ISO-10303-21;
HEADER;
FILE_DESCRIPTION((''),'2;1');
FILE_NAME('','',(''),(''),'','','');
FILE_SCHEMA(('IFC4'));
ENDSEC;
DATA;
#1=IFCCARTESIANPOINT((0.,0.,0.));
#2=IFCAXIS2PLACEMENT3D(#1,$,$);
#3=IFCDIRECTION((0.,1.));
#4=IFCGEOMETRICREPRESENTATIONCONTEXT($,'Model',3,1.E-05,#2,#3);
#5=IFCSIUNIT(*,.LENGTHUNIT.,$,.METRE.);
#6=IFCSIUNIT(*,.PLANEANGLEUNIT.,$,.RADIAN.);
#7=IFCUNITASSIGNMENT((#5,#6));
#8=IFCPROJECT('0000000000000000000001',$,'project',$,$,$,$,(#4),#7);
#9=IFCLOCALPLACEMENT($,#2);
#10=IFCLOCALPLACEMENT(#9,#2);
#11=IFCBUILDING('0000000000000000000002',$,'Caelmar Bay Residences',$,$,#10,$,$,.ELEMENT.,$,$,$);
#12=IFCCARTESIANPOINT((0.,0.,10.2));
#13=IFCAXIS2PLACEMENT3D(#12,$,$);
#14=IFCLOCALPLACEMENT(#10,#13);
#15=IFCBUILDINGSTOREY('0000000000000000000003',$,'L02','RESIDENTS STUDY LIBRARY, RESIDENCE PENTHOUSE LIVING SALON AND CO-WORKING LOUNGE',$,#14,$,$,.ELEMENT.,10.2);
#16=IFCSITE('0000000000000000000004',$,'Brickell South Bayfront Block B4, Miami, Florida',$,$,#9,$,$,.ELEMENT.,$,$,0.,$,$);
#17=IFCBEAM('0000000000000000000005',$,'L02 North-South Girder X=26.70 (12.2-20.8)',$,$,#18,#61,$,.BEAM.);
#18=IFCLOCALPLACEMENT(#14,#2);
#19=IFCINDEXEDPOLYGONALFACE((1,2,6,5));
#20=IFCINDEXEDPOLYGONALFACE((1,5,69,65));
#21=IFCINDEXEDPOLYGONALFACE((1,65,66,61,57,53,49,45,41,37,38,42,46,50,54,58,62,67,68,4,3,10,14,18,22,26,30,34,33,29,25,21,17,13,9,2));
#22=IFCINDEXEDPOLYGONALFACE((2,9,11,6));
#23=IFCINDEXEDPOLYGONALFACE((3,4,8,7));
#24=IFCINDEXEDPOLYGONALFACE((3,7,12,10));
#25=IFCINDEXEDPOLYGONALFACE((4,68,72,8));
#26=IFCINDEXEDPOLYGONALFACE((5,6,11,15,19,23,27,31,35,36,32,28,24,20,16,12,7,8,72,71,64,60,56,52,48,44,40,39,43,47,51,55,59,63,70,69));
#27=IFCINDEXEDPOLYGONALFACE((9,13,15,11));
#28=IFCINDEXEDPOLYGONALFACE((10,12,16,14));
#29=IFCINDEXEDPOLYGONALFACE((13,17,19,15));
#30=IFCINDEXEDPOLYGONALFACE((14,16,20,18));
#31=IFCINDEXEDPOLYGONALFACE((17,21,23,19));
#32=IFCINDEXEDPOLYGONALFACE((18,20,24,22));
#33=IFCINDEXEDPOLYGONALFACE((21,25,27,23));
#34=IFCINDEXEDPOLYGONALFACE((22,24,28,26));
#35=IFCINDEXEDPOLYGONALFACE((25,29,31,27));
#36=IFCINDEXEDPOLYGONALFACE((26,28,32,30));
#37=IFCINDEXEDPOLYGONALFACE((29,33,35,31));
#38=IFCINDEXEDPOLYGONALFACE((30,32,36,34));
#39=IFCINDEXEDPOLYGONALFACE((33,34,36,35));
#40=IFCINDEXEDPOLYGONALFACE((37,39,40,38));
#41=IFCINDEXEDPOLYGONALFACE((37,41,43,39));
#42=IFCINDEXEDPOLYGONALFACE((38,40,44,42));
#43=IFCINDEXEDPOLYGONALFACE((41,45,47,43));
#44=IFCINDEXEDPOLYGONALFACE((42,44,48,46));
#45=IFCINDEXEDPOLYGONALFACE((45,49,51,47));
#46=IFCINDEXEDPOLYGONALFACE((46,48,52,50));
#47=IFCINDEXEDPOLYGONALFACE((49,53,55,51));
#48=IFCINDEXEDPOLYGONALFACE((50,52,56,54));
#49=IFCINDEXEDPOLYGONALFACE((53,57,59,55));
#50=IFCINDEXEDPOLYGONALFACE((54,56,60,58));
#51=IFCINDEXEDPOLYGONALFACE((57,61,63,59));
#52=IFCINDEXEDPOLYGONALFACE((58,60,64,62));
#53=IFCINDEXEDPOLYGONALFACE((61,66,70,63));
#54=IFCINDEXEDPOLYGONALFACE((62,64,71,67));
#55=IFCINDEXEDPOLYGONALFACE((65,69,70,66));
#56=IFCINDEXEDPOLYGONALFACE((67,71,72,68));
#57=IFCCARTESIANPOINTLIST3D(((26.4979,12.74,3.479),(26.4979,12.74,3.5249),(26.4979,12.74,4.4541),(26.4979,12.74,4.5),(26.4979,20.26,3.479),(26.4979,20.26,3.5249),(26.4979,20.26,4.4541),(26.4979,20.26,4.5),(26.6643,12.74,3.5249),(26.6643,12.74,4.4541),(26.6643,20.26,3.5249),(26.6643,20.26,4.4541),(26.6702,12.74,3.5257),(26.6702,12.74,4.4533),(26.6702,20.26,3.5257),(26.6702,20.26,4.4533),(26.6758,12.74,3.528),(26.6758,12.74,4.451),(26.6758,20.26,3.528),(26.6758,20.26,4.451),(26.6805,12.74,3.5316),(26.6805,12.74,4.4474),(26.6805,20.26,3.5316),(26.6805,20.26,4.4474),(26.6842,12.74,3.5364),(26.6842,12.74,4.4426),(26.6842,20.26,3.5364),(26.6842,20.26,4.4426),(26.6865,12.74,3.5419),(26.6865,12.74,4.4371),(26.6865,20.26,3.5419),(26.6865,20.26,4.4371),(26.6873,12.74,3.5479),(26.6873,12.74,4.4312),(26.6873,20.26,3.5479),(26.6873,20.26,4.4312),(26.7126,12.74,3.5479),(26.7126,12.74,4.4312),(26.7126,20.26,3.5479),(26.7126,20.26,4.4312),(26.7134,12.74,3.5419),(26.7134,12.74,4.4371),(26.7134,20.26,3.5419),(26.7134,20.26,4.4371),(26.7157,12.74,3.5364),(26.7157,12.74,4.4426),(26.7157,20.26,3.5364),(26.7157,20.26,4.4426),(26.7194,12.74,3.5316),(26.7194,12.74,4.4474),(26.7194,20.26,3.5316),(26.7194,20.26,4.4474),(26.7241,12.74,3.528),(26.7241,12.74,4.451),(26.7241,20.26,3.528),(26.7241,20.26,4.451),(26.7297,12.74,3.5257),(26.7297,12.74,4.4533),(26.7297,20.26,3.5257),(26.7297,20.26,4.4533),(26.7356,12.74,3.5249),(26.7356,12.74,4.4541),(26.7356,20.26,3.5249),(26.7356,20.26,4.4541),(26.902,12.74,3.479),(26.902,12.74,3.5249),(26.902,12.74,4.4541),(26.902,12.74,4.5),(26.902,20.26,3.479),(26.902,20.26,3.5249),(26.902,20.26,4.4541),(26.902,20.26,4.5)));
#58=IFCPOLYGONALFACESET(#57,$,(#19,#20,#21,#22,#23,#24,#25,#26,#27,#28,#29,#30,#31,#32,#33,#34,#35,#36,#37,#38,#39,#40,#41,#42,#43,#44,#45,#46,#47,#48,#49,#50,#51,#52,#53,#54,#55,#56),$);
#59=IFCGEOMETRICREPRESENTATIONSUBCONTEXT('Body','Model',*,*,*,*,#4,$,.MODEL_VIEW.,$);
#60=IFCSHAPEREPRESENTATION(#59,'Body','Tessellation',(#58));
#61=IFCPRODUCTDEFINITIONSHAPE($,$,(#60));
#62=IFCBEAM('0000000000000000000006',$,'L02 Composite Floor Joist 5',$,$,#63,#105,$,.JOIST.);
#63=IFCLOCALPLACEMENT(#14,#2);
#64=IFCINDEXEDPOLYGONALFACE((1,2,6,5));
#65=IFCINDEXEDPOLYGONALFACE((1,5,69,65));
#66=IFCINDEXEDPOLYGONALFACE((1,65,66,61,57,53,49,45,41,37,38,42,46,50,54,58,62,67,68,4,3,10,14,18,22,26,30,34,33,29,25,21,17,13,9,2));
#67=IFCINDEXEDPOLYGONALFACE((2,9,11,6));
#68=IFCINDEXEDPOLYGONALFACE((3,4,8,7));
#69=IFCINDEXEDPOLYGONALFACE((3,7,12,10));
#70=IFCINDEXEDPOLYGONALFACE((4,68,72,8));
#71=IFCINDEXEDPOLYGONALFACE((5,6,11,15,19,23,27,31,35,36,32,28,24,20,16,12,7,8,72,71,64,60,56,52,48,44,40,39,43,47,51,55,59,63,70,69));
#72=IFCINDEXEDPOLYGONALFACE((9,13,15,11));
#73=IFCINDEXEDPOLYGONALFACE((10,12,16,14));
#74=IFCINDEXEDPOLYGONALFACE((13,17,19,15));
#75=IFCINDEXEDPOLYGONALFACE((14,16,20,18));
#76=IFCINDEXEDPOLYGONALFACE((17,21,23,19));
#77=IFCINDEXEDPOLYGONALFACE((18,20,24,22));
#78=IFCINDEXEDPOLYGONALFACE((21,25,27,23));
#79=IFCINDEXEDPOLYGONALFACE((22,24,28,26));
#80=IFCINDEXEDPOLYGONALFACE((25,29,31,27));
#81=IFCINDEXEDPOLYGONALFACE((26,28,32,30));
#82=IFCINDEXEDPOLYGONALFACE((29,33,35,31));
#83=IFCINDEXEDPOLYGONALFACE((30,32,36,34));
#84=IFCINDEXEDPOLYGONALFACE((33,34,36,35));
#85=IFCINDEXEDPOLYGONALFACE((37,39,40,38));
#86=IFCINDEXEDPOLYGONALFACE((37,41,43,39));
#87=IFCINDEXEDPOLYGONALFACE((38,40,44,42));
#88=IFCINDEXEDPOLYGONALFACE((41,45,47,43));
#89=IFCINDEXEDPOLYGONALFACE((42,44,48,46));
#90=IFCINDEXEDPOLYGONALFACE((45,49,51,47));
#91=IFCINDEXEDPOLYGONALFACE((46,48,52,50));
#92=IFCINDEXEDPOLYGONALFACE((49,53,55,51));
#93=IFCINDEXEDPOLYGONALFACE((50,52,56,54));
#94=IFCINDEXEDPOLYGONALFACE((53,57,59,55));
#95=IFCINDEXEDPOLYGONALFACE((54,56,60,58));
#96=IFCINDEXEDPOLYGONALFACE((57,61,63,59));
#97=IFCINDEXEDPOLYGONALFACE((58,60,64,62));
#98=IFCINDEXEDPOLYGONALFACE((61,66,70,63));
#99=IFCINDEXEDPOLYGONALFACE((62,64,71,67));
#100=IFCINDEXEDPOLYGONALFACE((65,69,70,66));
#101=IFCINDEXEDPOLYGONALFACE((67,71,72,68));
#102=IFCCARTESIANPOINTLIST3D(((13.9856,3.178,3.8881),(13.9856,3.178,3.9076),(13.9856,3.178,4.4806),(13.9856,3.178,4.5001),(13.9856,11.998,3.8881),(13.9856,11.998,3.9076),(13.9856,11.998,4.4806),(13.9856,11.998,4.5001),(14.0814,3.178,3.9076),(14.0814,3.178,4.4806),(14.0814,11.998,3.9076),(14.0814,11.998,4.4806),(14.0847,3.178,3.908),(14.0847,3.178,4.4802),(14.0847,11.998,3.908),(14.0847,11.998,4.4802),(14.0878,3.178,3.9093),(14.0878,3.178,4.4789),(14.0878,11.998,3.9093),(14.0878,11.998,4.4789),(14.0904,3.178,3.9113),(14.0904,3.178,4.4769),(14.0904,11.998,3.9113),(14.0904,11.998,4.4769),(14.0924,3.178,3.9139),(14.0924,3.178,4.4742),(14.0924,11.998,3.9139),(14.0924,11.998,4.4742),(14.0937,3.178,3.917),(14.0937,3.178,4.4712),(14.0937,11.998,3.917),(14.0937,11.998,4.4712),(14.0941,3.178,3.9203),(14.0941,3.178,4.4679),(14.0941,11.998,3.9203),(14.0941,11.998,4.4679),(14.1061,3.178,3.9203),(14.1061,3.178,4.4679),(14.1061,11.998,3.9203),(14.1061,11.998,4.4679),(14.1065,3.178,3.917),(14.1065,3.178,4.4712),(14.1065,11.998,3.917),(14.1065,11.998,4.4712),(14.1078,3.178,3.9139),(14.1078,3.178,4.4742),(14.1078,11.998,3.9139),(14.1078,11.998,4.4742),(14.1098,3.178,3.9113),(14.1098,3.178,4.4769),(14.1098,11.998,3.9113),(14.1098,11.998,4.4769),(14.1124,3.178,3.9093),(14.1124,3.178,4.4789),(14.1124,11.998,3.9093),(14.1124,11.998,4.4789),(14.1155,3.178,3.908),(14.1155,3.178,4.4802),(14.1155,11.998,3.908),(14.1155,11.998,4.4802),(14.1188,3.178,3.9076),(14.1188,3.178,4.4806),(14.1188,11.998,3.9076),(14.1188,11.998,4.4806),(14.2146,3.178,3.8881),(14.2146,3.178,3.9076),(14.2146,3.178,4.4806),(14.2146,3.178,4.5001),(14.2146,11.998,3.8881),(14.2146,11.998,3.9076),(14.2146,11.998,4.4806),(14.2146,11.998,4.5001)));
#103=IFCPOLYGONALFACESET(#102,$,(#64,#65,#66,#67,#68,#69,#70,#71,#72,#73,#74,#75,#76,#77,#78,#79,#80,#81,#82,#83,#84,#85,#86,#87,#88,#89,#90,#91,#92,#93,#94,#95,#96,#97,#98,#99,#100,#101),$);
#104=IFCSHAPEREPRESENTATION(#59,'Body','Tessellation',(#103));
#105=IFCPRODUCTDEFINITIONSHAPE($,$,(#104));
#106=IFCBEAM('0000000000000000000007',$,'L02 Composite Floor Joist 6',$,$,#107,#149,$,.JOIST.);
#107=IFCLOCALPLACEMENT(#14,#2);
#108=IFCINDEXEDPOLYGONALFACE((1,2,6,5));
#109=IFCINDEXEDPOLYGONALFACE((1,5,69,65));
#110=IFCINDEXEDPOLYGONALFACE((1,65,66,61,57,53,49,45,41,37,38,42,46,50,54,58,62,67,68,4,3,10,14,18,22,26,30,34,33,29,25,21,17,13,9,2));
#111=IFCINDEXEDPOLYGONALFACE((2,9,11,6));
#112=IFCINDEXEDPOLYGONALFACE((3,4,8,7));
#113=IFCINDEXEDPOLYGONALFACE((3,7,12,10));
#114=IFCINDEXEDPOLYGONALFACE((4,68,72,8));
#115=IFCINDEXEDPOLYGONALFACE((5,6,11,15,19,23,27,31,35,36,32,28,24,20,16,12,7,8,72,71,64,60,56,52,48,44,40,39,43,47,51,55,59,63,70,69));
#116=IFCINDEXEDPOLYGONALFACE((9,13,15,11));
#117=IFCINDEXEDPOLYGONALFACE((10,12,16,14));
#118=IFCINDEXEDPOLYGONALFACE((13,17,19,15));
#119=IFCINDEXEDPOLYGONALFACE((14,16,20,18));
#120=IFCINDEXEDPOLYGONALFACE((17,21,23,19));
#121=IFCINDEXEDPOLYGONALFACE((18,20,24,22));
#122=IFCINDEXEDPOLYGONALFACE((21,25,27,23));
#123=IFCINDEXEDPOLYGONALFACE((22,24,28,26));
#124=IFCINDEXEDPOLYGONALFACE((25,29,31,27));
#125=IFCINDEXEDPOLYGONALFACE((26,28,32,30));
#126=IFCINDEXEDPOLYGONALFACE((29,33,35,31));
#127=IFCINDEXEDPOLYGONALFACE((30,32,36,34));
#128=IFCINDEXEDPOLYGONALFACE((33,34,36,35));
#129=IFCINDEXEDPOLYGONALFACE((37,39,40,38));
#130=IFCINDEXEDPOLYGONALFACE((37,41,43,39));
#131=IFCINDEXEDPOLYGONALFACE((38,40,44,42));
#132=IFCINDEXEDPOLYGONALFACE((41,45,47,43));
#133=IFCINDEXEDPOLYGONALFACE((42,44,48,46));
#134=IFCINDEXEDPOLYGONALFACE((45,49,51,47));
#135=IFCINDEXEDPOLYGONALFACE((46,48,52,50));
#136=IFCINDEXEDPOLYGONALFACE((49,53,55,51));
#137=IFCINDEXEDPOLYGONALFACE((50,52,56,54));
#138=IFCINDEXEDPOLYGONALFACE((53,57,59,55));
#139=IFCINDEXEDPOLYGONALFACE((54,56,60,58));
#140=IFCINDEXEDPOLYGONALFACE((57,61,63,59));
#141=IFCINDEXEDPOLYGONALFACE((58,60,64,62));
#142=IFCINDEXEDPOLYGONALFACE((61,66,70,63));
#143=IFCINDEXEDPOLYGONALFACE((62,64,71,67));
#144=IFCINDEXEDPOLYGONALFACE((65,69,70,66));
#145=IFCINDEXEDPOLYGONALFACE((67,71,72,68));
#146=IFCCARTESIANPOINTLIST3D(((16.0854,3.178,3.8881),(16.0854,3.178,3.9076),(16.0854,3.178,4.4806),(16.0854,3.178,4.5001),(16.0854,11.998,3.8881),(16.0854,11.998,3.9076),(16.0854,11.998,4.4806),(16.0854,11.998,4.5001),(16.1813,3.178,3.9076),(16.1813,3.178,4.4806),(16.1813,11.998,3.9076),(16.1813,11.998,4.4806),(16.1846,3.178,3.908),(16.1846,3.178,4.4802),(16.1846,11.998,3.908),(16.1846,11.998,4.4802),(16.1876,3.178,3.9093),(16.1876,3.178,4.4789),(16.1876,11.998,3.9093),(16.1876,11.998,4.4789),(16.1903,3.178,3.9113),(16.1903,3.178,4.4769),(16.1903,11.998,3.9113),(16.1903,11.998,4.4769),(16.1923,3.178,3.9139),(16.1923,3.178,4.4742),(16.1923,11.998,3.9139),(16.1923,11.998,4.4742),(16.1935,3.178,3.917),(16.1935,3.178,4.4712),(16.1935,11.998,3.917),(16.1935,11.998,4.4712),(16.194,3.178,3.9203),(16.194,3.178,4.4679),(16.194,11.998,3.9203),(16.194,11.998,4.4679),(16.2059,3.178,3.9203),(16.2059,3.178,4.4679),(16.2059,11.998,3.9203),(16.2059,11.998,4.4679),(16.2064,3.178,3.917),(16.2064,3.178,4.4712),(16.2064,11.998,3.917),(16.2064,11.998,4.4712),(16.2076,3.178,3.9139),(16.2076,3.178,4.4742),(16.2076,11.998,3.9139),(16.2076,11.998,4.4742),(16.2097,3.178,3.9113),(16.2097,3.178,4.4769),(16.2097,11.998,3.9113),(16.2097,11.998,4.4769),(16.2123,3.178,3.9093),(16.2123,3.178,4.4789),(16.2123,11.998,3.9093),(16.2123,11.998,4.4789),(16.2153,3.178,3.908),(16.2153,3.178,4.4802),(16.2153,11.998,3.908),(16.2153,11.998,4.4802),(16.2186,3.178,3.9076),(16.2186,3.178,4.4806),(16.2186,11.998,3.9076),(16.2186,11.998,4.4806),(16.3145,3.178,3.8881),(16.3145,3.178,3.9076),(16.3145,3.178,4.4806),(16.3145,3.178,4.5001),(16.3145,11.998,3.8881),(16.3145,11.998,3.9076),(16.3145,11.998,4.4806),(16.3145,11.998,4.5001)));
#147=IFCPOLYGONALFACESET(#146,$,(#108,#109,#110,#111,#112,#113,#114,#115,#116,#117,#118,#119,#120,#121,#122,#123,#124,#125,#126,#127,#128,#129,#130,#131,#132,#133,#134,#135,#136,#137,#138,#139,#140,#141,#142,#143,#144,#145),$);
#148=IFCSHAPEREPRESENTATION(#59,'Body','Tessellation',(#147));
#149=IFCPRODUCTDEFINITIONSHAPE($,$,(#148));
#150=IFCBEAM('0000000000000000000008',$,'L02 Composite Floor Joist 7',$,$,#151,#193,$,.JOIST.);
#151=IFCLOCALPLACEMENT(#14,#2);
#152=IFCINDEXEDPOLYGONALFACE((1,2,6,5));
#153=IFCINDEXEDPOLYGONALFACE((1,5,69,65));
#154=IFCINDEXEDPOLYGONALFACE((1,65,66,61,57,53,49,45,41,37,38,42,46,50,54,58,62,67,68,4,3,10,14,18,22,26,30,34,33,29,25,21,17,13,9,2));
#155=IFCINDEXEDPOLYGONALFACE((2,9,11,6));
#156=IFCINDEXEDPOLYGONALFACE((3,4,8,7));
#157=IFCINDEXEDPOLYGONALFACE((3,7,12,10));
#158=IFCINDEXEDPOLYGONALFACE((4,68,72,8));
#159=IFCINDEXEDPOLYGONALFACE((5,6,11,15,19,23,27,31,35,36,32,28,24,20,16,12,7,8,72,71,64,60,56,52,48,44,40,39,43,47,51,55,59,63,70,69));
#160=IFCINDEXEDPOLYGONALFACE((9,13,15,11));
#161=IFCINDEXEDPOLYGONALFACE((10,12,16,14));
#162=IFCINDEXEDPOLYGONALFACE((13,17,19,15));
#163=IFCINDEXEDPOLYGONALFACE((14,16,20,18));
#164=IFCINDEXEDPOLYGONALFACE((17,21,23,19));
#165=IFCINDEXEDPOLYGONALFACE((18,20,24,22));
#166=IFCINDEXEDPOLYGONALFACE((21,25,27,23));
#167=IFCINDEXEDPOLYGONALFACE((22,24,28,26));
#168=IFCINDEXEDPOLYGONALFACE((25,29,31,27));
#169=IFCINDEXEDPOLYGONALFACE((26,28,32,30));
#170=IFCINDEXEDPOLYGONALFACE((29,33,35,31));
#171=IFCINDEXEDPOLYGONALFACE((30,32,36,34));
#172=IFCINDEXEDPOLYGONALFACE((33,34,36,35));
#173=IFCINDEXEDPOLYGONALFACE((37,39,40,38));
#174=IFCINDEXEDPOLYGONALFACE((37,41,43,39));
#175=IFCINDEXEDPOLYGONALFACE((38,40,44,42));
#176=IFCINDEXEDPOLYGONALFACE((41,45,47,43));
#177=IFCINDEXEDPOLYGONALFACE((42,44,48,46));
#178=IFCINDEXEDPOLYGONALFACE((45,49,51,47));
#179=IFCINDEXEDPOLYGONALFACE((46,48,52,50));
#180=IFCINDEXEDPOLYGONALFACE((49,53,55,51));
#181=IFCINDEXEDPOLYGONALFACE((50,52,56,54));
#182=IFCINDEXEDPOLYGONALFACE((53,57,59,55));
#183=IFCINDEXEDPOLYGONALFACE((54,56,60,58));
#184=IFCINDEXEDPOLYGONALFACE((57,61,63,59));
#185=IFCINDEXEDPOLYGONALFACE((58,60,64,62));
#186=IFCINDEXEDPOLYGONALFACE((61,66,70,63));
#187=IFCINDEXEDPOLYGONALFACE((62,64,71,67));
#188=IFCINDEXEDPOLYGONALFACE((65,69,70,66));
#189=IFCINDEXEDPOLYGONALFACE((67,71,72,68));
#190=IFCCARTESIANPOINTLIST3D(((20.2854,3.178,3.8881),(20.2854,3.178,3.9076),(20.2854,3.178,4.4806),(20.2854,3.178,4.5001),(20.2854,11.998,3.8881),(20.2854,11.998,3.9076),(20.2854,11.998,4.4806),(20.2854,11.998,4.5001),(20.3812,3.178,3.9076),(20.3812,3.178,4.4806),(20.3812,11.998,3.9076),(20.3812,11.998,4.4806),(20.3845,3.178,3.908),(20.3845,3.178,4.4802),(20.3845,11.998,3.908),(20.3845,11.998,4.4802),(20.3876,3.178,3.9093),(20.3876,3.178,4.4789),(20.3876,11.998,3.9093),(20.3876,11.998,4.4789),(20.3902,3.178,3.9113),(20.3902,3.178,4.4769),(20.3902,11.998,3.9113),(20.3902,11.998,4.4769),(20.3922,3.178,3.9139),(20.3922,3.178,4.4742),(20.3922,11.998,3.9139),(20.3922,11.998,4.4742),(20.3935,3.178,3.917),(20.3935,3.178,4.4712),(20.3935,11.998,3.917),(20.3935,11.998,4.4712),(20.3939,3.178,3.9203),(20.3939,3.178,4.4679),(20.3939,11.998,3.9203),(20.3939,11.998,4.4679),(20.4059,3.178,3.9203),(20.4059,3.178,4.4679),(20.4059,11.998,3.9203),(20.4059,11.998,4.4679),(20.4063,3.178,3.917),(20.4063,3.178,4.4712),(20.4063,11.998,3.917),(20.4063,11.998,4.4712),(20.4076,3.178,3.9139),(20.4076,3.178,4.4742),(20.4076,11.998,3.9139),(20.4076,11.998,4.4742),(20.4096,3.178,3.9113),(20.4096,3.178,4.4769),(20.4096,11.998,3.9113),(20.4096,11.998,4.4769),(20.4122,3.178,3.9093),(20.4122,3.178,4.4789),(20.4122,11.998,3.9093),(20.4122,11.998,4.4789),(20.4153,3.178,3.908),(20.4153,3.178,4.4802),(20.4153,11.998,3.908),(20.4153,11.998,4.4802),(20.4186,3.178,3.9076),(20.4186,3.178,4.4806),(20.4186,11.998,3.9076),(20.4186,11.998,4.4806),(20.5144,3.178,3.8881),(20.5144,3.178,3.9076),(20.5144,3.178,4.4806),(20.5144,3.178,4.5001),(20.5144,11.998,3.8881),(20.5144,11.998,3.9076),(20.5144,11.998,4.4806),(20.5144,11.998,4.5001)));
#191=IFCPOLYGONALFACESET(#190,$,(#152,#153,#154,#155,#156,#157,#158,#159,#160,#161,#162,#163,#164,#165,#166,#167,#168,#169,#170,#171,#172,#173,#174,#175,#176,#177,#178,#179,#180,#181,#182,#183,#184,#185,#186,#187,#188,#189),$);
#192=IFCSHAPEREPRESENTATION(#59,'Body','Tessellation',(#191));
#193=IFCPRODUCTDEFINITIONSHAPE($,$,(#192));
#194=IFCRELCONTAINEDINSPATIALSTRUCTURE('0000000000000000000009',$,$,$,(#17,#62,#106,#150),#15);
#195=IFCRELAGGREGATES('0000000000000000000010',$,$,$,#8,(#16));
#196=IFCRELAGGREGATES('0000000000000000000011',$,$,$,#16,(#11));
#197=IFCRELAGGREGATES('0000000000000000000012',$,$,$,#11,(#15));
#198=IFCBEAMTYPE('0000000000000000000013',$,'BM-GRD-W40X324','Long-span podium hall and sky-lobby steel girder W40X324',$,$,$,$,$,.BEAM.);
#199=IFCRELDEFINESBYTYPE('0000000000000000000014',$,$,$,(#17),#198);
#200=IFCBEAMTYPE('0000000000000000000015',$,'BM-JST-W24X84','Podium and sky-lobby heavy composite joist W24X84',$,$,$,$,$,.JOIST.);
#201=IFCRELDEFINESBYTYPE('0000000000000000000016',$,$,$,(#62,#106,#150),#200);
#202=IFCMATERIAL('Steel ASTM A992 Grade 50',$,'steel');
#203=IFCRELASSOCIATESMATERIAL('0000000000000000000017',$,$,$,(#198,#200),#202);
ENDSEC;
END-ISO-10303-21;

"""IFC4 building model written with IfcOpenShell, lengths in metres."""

from ifc_helpers import new_model, si_unit, direction, frame, origin, origin_2d, place, context, subcontext, project, spatial, i_section, extrude, material, material_profile, profile_set, type_object, element, save


model = new_model("IFC4")

# Units and contexts
model_context = context("Model", 3, precision=1e-05, world=origin(), true_north=direction((0.0, 1.0)))
body_context = subcontext(model_context, "Body", "Model", "MODEL_VIEW")
ifc_project = project(units=[si_unit("LENGTHUNIT", "METRE"), si_unit("PLANEANGLEUNIT", "RADIAN")], contexts=[model_context])

# Site, building, storey
site_placement = place(None, origin())
site = spatial("IfcSite", under=ifc_project, at=site_placement, Name="Brickell South Bayfront Block B4, Miami, Florida", CompositionType="ELEMENT", RefElevation=0.0)
building_placement = place(site_placement, origin())
building = spatial("IfcBuilding", under=site, at=building_placement, Name="Caelmar Bay Residences", CompositionType="ELEMENT")
storey_placement = place(building_placement, frame((0.0, 0.0, 10.2)))
storey = spatial("IfcBuildingStorey", under=building, at=storey_placement, Name="L02", Description="RESIDENTS STUDY LIBRARY, RESIDENCE PENTHOUSE LIVING SALON AND CO-WORKING LOUNGE", CompositionType="ELEMENT", Elevation=10.2)

# Beams
ifc_material_1 = material(Name="Steel ASTM A992 Grade 50", Category="steel")
ifc_material_profile_1 = material_profile(ifc_material_1, i_section(OverallWidth=0.4041, OverallDepth=1.021, WebThickness=0.0254, FlangeThickness=0.0459, FilletRadius=0.0229, at=origin_2d()), Name="W40X324")
ifc_profile_set_1 = profile_set([ifc_material_profile_1], Name="Steel ASTM A992 Grade 50")
beam_type_1 = type_object("IfcBeamType", Name="BM-GRD-W40X324", Description="Long-span podium hall and sky-lobby steel girder W40X324", PredefinedType="BEAM", material=ifc_profile_set_1)
beam_1_placement = place(storey_placement, frame((26.7, 12.74, 3.9895), z_axis=(0.0, 1.0, 0.0), x_axis=(-1.0, 0.0, 0.0)))
element("IfcBeam", 1, at=beam_1_placement, inside=storey, type_object=beam_type_1, Name="L02 North-South Girder X=26.70 (12.2-20.8)", PredefinedType="BEAM", context=body_context, shape_type="SweptSolid", body=[
    extrude(i_section(OverallWidth=0.4041, OverallDepth=1.021, WebThickness=0.0254, FlangeThickness=0.0459, FilletRadius=0.0229, at=origin_2d()), origin(), (0.0, 0.0, 1.0), 7.52),
])
ifc_material_profile_2 = material_profile(ifc_material_1, i_section(OverallWidth=0.229, OverallDepth=0.6121, WebThickness=0.012, FlangeThickness=0.0195, FilletRadius=0.0127, at=origin_2d()), Name="W24X84")
ifc_profile_set_2 = profile_set([ifc_material_profile_2], Name="Steel ASTM A992 Grade 50")
beam_type_2 = type_object("IfcBeamType", Name="BM-JST-W24X84", Description="Podium and sky-lobby heavy composite joist W24X84", PredefinedType="JOIST", material=ifc_profile_set_2)
for number, where, z_axis, x_axis, name in (
    (2, (14.1001, 3.178, 4.1941), (0.0, 1.0, 0.0), (-1.0, 0.0, 0.0), "L02 Composite Floor Joist 5"),
    (3, (16.2, 3.178, 4.1941), (0.0, 1.0, 0.0), (-1.0, 0.0, 0.0), "L02 Composite Floor Joist 6"),
    (4, (20.3999, 3.178, 4.1941), (0.0, 1.0, 0.0), (-1.0, 0.0, 0.0), "L02 Composite Floor Joist 7"),
):
    element("IfcBeam", number, at=place(storey_placement, frame(where, z_axis=z_axis, x_axis=x_axis)), inside=storey, type_object=beam_type_2, Name=name, PredefinedType="JOIST", context=body_context, shape_type="SweptSolid", body=[
        extrude(i_section(OverallWidth=0.229, OverallDepth=0.6121, WebThickness=0.012, FlangeThickness=0.0195, FilletRadius=0.0127, at=origin_2d()), origin(), (0.0, 0.0, 1.0), 8.8201),
    ])

save(model, "model.ifc")
